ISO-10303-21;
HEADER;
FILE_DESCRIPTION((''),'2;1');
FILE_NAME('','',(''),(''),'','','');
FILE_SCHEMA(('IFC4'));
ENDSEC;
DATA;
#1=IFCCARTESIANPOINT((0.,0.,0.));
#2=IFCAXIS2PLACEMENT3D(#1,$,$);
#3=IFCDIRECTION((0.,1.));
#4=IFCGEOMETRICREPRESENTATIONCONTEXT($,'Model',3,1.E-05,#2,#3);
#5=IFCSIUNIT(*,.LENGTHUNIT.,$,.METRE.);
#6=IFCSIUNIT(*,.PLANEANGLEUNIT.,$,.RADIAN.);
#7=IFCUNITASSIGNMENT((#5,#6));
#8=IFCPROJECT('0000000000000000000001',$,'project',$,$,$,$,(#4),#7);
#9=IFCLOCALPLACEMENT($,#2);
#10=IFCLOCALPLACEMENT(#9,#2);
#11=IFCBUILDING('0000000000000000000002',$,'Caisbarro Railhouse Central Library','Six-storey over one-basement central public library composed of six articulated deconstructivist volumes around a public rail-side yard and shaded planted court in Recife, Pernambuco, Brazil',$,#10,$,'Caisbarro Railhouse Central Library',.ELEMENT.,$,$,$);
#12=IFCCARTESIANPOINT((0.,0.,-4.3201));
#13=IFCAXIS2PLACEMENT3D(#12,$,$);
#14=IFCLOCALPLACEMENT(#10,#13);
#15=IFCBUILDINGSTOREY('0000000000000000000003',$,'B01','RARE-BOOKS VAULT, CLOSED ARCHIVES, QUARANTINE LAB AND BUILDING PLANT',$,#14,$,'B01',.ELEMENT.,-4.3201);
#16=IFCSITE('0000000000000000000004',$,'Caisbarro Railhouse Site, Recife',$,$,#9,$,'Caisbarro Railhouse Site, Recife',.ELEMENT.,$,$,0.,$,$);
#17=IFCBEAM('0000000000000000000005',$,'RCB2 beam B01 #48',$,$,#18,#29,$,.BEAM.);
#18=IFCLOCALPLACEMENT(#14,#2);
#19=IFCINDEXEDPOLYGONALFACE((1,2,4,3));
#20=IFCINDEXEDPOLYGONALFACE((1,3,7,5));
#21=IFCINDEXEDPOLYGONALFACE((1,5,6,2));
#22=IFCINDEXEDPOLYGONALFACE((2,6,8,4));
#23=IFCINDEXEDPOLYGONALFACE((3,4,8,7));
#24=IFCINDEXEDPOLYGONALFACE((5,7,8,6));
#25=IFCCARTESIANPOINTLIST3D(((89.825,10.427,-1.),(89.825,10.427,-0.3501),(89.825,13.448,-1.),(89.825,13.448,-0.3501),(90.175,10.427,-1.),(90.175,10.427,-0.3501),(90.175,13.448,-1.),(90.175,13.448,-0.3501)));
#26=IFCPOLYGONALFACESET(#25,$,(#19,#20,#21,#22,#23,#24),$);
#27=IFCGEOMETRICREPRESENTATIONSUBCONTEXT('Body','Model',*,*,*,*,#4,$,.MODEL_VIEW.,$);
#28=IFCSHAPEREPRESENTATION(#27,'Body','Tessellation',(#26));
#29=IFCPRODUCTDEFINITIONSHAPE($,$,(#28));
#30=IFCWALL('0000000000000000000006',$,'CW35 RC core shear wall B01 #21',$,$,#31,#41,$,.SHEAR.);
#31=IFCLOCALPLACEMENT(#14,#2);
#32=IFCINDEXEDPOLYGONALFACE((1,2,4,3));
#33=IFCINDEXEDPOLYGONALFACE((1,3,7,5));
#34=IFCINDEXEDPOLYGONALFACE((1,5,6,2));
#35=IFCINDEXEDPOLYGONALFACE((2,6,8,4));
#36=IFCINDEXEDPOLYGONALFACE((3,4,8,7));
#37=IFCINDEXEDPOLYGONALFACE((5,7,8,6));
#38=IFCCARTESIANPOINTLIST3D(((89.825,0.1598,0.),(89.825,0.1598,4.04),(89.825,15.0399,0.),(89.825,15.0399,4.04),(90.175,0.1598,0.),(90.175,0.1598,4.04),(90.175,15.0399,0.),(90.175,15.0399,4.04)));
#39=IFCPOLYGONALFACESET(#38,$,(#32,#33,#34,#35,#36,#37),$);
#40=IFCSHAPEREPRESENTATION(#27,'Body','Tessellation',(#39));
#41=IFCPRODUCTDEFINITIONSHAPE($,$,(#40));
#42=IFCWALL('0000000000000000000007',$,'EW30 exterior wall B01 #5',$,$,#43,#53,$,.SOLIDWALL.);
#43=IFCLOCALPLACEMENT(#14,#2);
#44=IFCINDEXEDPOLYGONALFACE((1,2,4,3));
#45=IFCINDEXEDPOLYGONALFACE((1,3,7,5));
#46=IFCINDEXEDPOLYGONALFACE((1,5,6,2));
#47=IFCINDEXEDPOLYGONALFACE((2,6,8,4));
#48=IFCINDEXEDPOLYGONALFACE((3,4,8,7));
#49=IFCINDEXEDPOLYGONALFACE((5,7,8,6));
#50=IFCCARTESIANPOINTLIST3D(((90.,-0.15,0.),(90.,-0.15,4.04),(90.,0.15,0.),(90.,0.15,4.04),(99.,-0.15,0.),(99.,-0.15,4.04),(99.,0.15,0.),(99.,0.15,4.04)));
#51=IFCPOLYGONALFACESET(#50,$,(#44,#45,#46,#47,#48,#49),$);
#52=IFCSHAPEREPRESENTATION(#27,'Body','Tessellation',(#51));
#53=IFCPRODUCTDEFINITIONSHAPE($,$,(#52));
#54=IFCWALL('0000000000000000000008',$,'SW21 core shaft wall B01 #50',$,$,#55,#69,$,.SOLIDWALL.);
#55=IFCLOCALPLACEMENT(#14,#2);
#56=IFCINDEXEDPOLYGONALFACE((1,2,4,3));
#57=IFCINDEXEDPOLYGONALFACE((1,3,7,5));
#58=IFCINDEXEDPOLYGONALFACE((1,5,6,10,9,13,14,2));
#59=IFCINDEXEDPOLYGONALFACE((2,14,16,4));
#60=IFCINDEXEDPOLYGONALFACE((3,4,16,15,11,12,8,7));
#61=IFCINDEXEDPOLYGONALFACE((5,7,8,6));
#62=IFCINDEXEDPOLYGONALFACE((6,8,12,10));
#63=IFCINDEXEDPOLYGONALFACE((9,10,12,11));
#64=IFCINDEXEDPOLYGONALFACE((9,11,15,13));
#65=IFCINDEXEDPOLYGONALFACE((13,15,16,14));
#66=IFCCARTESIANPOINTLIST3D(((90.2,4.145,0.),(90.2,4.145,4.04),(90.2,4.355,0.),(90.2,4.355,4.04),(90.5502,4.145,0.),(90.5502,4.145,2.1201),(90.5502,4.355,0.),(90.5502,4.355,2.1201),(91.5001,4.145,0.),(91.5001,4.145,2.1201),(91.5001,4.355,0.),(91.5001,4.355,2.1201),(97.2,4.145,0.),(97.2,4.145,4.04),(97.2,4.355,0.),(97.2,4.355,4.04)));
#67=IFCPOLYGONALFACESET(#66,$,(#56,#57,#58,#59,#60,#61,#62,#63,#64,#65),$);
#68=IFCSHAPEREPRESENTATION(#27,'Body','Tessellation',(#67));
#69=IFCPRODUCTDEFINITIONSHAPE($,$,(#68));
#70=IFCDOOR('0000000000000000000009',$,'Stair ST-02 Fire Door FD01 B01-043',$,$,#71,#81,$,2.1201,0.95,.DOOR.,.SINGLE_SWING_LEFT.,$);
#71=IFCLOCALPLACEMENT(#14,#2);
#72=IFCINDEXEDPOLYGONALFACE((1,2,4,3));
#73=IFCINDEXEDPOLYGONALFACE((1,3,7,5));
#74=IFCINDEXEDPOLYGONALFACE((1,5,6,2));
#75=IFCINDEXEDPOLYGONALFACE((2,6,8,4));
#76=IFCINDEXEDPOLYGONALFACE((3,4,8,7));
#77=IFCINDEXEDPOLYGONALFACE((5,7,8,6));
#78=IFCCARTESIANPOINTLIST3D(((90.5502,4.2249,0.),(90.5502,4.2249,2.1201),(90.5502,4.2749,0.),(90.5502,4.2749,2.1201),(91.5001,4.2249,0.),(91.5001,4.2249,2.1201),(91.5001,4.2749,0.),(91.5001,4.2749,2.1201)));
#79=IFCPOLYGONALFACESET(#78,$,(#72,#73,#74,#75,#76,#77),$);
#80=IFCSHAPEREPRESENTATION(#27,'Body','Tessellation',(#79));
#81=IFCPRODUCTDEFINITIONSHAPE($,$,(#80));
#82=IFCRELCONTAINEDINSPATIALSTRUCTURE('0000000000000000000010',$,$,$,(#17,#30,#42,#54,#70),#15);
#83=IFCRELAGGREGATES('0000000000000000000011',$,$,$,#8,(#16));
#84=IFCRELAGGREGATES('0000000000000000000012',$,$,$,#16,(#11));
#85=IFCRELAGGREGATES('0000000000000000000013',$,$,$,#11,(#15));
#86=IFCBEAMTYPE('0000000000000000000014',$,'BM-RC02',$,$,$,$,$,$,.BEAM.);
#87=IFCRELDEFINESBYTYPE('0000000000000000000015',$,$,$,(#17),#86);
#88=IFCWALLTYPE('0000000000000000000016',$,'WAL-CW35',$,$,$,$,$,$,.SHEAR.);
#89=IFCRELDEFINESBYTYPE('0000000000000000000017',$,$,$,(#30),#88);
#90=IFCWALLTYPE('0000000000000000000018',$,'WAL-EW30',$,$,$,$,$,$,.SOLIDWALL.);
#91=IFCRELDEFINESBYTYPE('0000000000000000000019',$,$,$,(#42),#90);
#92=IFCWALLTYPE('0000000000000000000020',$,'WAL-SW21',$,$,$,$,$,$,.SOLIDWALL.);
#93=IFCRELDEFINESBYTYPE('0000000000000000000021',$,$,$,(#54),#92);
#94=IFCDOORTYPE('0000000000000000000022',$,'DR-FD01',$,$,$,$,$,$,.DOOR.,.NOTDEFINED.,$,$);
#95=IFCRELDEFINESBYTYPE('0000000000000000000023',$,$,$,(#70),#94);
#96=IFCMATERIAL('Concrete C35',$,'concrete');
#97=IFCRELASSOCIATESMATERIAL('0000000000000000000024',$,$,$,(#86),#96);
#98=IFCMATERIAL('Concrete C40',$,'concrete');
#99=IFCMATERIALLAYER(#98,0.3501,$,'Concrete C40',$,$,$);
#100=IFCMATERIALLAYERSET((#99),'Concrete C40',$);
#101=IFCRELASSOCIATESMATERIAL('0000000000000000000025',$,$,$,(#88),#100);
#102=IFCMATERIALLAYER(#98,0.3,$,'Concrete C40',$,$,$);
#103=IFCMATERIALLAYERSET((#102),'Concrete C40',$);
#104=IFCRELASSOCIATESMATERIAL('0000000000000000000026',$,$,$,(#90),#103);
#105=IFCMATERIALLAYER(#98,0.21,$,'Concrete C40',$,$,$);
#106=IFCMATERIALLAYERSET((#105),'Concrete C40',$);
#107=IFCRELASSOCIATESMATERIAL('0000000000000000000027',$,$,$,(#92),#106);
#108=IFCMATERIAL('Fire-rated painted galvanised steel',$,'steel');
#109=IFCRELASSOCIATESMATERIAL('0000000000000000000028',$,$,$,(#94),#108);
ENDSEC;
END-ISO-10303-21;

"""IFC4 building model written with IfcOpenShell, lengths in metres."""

from ifc_helpers import new_model, si_unit, direction, frame, frame_2d, origin, origin_2d, place, context, subcontext, project, spatial, rectangle, extrude, material, layer, layer_set, material_profile, profile_set, type_object, element, fill, save


model = new_model("IFC4")

# Units and contexts
model_context = context("Model", 3, precision=1e-05, world=origin(), true_north=direction((0.0, 1.0)))
body_context = subcontext(model_context, "Body", "Model", "MODEL_VIEW")
ifc_project = project(units=[si_unit("LENGTHUNIT", "METRE"), si_unit("PLANEANGLEUNIT", "RADIAN")], contexts=[model_context])

# Site, building, storey
site_placement = place(None, origin())
site = spatial("IfcSite", under=ifc_project, at=site_placement, Name="Caisbarro Railhouse Site, Recife", LongName="Caisbarro Railhouse Site, Recife", CompositionType="ELEMENT", RefElevation=0.0)
building_placement = place(site_placement, origin())
building = spatial("IfcBuilding", under=site, at=building_placement, Name="Caisbarro Railhouse Central Library", Description="Six-storey over one-basement central public library composed of six articulated deconstructivist volumes around a public rail-side yard and shaded planted court in Recife, Pernambuco, Brazil", LongName="Caisbarro Railhouse Central Library", CompositionType="ELEMENT")
storey_placement = place(building_placement, frame((0.0, 0.0, -4.3201)))
storey = spatial("IfcBuildingStorey", under=building, at=storey_placement, Name="B01", Description="RARE-BOOKS VAULT, CLOSED ARCHIVES, QUARANTINE LAB AND BUILDING PLANT", LongName="B01", CompositionType="ELEMENT", Elevation=-4.3201)

# Shared definitions
ifc_material_1 = material(Name="Concrete C40", Category="concrete")

# Shared definitions
ifc_material_2 = material(Name="Concrete C35", Category="concrete")

# Beam
ifc_material_profile_1 = material_profile(ifc_material_2, rectangle(XDim=0.3501, YDim=0.6499, at=origin_2d()), Name="RC-BM-350X650")
ifc_profile_set_1 = profile_set([ifc_material_profile_1], Name="Concrete C35")
beam_type_1 = type_object("IfcBeamType", Name="BM-RC02", PredefinedType="BEAM", material=ifc_profile_set_1)
for number, where, z_axis, x_axis, name in (
    (1, (90.0, 10.427, -0.675), (0.0, 1.0, 0.0), (-1.0, 0.0, 0.0), "RCB2 beam B01 #48"),
):
    element("IfcBeam", number, at=place(storey_placement, frame(where, z_axis=z_axis, x_axis=x_axis)), inside=storey, type_object=beam_type_1, Name=name, PredefinedType="BEAM", context=body_context, shape_type="SweptSolid", body=[
        extrude(rectangle(XDim=0.3501, YDim=0.6499, at=origin_2d()), origin(), (0.0, 0.0, 1.0), 3.021),
    ])

# Walls
ifc_layer_1 = layer(ifc_material_1, 0.3501, Name="Concrete C40")
ifc_layer_set_1 = layer_set([ifc_layer_1], Name="Concrete C40")
wall_type_1 = type_object("IfcWallType", Name="WAL-CW35", PredefinedType="SHEAR", material=ifc_layer_set_1)
wall_1_placement = place(storey_placement, frame((90.0, 0.1599, 0.0), z_axis=(0.0, 0.0, 1.0), x_axis=(0.0, 1.0, 0.0)))
element("IfcWall", 2, at=wall_1_placement, inside=storey, type_object=wall_type_1, Name="CW35 RC core shear wall B01 #21", PredefinedType="SHEAR", context=body_context, shape_type="SweptSolid", body=[
    extrude(rectangle(XDim=14.8801, YDim=0.3501, at=frame_2d((7.4399, 0.0))), origin(), (0.0, 0.0, 1.0), 4.04),
])
ifc_layer_2 = layer(ifc_material_1, 0.3, Name="Concrete C40")
ifc_layer_set_2 = layer_set([ifc_layer_2], Name="Concrete C40")
wall_type_2 = type_object("IfcWallType", Name="WAL-EW30", PredefinedType="SOLIDWALL", material=ifc_layer_set_2)
wall_2_placement = place(storey_placement, frame((90.0, 0.0, 0.0), z_axis=(0.0, 0.0, 1.0), x_axis=(1.0, 0.0, 0.0)))
element("IfcWall", 3, at=wall_2_placement, inside=storey, type_object=wall_type_2, Name="EW30 exterior wall B01 #5", PredefinedType="SOLIDWALL", context=body_context, shape_type="SweptSolid", body=[
    extrude(rectangle(XDim=9.0, YDim=0.3, at=frame_2d((4.5, 0.0))), origin(), (0.0, 0.0, 1.0), 4.04),
])

# Wall, opening, door
ifc_material_3 = material(Name="Fire-rated painted galvanised steel", Category="steel")
ifc_layer_3 = layer(ifc_material_1, 0.21, Name="Concrete C40")
ifc_layer_set_3 = layer_set([ifc_layer_3], Name="Concrete C40")
wall_type_3 = type_object("IfcWallType", Name="WAL-SW21", PredefinedType="SOLIDWALL", material=ifc_layer_set_3)
wall_3_placement = place(storey_placement, frame((90.2, 4.25, 0.0), z_axis=(0.0, 0.0, 1.0), x_axis=(1.0, 0.0, 0.0)))
wall_3 = element("IfcWall", 4, at=wall_3_placement, inside=storey, type_object=wall_type_3, Name="SW21 core shaft wall B01 #50", PredefinedType="SOLIDWALL", context=body_context, shape_type="SweptSolid", body=[
    extrude(rectangle(XDim=7.0, YDim=0.21, at=frame_2d((3.5, 0.0))), origin(), (0.0, 0.0, 1.0), 4.04),
])
opening_1_placement = place(wall_3_placement, frame((0.3501, 0.0, 0.0)))
opening_1 = element("IfcOpeningElement", 5, at=opening_1_placement, cuts=wall_3, PredefinedType="OPENING", context=body_context, shape_type="SweptSolid", body=[
    extrude(rectangle(XDim=0.95, YDim=2.1201, at=frame_2d((0.4751, 1.0601))), frame((0.0, 0.115, 0.0), z_axis=(0.0, -1.0, 0.0), x_axis=(1.0, 0.0, 0.0)), (0.0, 0.0, 1.0), 0.23),
])
door_type_1 = type_object("IfcDoorType", Name="DR-FD01", OperationType="NOTDEFINED", PredefinedType="DOOR", material=ifc_material_3)
door_1_placement = place(opening_1_placement, origin())
door_1 = element("IfcDoor", 6, at=door_1_placement, inside=storey, type_object=door_type_1, Name="Stair ST-02 Fire Door FD01 B01-043", OperationType="SINGLE_SWING_LEFT", OverallHeight=2.1201, OverallWidth=0.95, PredefinedType="DOOR", context=body_context, shape_type="SweptSolid", body=[
    extrude(rectangle(XDim=0.95, YDim=2.1201, at=frame_2d((0.4751, 1.0601))), frame((0.0, 0.0249, 0.0), z_axis=(0.0, -1.0, 0.0), x_axis=(1.0, 0.0, 0.0)), (0.0, 0.0, 1.0), 0.05),
])
fill(opening_1, door_1)

save(model, "model.ifc")
